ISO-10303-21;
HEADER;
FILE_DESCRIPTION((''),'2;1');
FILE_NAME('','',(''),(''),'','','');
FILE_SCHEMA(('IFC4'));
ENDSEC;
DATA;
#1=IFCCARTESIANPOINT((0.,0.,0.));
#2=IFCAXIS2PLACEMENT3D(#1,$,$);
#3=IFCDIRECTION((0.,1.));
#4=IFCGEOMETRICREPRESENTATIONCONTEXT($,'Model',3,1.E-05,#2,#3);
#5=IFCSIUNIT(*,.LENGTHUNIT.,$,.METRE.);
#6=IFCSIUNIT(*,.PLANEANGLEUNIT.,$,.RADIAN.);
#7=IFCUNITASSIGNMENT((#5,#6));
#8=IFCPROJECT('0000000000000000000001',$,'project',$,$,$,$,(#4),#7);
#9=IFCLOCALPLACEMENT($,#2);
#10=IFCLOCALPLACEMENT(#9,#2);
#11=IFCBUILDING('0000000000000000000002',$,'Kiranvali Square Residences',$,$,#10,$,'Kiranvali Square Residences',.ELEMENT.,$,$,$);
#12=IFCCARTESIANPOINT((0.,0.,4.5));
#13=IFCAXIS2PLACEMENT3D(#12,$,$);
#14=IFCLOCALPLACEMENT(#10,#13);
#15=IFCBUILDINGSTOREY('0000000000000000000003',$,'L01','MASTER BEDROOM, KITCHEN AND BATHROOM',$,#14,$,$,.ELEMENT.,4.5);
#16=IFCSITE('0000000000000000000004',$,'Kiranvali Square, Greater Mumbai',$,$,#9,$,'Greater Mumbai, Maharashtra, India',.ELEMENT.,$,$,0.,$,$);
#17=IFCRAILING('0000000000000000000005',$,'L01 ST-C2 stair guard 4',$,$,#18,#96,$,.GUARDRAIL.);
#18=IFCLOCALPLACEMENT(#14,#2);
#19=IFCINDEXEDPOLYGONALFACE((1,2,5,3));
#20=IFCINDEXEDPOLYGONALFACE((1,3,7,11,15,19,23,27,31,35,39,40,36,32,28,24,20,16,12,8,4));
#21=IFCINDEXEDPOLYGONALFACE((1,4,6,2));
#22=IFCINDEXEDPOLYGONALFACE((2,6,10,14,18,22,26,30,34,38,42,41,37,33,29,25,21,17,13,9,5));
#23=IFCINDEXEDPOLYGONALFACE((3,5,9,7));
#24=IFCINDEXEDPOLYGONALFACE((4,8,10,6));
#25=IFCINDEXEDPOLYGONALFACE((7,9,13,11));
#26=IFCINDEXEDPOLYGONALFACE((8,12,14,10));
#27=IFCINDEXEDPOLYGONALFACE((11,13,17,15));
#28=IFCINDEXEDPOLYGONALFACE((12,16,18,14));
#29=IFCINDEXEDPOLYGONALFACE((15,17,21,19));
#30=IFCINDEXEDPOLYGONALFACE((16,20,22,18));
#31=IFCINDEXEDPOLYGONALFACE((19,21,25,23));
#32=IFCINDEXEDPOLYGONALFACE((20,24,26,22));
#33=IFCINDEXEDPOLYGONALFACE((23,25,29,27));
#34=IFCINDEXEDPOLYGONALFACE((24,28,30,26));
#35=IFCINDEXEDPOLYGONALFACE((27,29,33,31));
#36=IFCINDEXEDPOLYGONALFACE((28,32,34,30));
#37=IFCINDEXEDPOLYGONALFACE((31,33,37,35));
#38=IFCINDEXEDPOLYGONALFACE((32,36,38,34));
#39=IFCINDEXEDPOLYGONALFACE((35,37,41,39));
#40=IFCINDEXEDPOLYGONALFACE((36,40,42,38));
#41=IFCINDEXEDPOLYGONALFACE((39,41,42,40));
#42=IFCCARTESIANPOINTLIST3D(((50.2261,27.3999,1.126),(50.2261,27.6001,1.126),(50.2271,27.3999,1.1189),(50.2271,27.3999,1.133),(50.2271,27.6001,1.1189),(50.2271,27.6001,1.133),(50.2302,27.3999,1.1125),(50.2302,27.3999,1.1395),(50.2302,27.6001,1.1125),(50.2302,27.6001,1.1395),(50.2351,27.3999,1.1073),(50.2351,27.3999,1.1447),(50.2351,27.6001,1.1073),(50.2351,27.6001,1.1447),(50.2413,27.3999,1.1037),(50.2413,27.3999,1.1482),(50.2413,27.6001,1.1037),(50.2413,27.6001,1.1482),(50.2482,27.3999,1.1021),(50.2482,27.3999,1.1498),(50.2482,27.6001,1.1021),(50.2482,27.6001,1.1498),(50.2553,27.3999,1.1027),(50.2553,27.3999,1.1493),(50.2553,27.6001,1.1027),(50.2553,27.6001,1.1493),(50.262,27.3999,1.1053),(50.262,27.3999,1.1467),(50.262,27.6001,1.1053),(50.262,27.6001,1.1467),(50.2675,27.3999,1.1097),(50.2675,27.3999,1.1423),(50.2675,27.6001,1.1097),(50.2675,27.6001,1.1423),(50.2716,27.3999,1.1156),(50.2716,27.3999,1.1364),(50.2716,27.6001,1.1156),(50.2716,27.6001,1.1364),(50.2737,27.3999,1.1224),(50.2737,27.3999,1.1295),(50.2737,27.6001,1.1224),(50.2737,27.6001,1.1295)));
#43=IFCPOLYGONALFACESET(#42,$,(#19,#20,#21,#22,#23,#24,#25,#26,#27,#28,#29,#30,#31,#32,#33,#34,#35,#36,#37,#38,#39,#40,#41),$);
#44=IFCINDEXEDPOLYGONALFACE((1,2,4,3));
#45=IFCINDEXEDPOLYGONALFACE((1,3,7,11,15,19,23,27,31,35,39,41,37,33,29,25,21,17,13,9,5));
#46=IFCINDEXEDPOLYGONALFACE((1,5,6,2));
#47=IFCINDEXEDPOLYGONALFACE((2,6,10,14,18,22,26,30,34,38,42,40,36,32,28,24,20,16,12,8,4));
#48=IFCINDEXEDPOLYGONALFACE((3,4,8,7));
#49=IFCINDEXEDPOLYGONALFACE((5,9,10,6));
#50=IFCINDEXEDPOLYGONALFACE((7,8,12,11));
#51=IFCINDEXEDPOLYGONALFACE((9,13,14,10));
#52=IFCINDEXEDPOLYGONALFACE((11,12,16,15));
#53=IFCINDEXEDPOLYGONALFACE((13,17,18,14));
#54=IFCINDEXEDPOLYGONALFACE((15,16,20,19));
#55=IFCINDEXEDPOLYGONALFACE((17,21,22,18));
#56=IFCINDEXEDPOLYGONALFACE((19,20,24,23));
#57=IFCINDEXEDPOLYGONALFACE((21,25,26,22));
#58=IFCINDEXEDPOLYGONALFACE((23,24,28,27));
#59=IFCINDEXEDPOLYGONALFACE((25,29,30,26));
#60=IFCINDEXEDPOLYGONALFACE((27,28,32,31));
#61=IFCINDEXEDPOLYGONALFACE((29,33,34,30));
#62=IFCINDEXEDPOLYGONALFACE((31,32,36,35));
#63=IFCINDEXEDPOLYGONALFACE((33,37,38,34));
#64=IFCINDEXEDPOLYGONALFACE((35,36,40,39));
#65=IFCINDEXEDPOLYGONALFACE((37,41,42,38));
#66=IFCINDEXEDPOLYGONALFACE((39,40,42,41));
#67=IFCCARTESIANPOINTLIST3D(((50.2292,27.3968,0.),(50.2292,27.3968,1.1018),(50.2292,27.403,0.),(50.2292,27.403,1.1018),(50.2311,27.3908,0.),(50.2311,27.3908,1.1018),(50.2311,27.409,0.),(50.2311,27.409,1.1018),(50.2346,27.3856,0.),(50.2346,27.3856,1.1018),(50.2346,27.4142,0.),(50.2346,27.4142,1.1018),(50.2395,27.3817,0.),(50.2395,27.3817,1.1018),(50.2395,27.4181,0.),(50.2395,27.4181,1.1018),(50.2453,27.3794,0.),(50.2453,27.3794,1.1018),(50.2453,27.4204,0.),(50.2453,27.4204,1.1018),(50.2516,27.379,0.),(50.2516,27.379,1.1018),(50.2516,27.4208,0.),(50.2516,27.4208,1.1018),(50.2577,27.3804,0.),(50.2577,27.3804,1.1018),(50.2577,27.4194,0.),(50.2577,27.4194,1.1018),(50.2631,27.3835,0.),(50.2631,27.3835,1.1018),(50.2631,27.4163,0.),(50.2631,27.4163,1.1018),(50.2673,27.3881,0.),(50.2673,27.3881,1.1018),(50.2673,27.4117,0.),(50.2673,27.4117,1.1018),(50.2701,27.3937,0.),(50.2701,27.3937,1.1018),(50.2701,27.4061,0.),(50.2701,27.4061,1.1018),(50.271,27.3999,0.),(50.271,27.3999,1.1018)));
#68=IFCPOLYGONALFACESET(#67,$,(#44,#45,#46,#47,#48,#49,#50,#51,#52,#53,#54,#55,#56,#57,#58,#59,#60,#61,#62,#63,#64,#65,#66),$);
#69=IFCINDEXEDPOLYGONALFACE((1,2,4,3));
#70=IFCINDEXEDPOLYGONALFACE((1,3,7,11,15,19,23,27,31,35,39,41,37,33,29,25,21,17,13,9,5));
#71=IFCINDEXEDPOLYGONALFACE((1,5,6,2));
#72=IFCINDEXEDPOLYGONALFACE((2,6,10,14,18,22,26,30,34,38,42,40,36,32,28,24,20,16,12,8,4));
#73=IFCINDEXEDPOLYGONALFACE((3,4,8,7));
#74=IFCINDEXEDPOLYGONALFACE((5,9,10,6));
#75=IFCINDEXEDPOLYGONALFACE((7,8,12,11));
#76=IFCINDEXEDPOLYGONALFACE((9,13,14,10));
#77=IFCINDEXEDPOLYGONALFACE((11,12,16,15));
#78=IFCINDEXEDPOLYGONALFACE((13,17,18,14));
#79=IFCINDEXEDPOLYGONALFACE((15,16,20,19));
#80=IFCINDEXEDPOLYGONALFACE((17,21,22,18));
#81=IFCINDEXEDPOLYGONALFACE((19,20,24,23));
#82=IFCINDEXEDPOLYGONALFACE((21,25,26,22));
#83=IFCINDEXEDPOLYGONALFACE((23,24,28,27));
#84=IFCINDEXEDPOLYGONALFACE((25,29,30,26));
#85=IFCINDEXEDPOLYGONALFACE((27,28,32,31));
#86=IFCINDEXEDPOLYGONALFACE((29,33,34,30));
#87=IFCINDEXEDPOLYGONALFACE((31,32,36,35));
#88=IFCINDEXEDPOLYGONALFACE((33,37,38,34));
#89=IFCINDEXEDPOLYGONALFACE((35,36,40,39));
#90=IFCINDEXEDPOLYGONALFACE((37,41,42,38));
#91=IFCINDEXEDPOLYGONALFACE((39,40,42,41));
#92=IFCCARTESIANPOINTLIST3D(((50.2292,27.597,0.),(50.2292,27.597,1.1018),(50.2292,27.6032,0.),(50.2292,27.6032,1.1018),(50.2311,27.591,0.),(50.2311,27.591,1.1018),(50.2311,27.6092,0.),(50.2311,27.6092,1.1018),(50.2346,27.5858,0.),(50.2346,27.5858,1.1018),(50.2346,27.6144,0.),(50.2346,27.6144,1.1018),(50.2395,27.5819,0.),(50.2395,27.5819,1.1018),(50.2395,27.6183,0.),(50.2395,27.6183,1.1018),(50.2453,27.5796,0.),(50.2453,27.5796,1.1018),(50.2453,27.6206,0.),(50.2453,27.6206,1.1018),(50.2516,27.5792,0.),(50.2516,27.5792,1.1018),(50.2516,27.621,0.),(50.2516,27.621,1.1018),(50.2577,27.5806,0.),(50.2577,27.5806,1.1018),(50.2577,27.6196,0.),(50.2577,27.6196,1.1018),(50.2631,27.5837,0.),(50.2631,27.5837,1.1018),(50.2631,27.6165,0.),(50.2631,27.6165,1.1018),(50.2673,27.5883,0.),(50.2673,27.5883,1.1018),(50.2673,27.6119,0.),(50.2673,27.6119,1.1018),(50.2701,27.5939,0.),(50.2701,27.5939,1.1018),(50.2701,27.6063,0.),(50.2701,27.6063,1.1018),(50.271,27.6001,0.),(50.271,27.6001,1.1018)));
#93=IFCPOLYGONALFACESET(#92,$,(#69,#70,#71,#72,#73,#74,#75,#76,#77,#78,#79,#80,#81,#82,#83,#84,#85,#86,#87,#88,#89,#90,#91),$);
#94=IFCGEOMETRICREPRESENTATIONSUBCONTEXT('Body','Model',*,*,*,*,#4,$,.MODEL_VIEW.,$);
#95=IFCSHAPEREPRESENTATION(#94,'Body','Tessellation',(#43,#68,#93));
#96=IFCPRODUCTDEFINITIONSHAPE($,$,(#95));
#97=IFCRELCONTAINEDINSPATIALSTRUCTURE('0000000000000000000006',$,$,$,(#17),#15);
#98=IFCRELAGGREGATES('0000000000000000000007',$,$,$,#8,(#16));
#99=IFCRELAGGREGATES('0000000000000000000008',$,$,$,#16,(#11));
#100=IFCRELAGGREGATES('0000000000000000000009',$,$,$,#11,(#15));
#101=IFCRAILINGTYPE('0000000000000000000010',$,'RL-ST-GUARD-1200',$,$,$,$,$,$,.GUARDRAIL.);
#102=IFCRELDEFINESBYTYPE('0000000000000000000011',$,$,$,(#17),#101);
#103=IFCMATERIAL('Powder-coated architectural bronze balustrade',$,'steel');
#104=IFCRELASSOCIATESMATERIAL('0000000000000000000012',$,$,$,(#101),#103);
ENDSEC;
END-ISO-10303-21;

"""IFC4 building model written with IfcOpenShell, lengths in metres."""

from ifc_helpers import new_model, si_unit, direction, frame, origin, origin_2d, place, context, subcontext, project, spatial, circle, extrude, material, type_object, element, save


model = new_model("IFC4")

# Units and contexts
model_context = context("Model", 3, precision=1e-05, world=origin(), true_north=direction((0.0, 1.0)))
body_context = subcontext(model_context, "Body", "Model", "MODEL_VIEW")
ifc_project = project(units=[si_unit("LENGTHUNIT", "METRE"), si_unit("PLANEANGLEUNIT", "RADIAN")], contexts=[model_context])

# Site, building, storey
site_placement = place(None, origin())
site = spatial("IfcSite", under=ifc_project, at=site_placement, Name="Kiranvali Square, Greater Mumbai", LongName="Greater Mumbai, Maharashtra, India", CompositionType="ELEMENT", RefElevation=0.0)
building_placement = place(site_placement, origin())
building = spatial("IfcBuilding", under=site, at=building_placement, Name="Kiranvali Square Residences", LongName="Kiranvali Square Residences", CompositionType="ELEMENT")
storey_placement = place(building_placement, frame((0.0, 0.0, 4.5)))
storey = spatial("IfcBuildingStorey", under=building, at=storey_placement, Name="L01", Description="MASTER BEDROOM, KITCHEN AND BATHROOM", CompositionType="ELEMENT", Elevation=4.5)

# Railing
ifc_material_1 = material(Name="Powder-coated architectural bronze balustrade", Category="steel")
railing_type_1 = type_object("IfcRailingType", Name="RL-ST-GUARD-1200", PredefinedType="GUARDRAIL", material=ifc_material_1)
railing_1_placement = place(storey_placement, frame((50.25, 27.3999, 0.0)))
element("IfcRailing", 1, at=railing_1_placement, inside=storey, type_object=railing_type_1, Name="L01 ST-C2 stair guard 4", PredefinedType="GUARDRAIL", context=body_context, shape_type="SweptSolid", body=[
    extrude(circle(Radius=0.0239, at=origin_2d()), frame((0.0, 0.0, 1.126), z_axis=(0.0, 1.0, 0.0), x_axis=(-1.0, 0.0, 0.0)), (0.0, 0.0, 1.0), 0.2002),
    extrude(circle(Radius=0.021, at=origin_2d()), origin(), (0.0, 0.0, 1.0), 1.1018),
    extrude(circle(Radius=0.021, at=origin_2d()), frame((0.0, 0.2002, 0.0)), (0.0, 0.0, 1.0), 1.1018),
])

save(model, "model.ifc")
